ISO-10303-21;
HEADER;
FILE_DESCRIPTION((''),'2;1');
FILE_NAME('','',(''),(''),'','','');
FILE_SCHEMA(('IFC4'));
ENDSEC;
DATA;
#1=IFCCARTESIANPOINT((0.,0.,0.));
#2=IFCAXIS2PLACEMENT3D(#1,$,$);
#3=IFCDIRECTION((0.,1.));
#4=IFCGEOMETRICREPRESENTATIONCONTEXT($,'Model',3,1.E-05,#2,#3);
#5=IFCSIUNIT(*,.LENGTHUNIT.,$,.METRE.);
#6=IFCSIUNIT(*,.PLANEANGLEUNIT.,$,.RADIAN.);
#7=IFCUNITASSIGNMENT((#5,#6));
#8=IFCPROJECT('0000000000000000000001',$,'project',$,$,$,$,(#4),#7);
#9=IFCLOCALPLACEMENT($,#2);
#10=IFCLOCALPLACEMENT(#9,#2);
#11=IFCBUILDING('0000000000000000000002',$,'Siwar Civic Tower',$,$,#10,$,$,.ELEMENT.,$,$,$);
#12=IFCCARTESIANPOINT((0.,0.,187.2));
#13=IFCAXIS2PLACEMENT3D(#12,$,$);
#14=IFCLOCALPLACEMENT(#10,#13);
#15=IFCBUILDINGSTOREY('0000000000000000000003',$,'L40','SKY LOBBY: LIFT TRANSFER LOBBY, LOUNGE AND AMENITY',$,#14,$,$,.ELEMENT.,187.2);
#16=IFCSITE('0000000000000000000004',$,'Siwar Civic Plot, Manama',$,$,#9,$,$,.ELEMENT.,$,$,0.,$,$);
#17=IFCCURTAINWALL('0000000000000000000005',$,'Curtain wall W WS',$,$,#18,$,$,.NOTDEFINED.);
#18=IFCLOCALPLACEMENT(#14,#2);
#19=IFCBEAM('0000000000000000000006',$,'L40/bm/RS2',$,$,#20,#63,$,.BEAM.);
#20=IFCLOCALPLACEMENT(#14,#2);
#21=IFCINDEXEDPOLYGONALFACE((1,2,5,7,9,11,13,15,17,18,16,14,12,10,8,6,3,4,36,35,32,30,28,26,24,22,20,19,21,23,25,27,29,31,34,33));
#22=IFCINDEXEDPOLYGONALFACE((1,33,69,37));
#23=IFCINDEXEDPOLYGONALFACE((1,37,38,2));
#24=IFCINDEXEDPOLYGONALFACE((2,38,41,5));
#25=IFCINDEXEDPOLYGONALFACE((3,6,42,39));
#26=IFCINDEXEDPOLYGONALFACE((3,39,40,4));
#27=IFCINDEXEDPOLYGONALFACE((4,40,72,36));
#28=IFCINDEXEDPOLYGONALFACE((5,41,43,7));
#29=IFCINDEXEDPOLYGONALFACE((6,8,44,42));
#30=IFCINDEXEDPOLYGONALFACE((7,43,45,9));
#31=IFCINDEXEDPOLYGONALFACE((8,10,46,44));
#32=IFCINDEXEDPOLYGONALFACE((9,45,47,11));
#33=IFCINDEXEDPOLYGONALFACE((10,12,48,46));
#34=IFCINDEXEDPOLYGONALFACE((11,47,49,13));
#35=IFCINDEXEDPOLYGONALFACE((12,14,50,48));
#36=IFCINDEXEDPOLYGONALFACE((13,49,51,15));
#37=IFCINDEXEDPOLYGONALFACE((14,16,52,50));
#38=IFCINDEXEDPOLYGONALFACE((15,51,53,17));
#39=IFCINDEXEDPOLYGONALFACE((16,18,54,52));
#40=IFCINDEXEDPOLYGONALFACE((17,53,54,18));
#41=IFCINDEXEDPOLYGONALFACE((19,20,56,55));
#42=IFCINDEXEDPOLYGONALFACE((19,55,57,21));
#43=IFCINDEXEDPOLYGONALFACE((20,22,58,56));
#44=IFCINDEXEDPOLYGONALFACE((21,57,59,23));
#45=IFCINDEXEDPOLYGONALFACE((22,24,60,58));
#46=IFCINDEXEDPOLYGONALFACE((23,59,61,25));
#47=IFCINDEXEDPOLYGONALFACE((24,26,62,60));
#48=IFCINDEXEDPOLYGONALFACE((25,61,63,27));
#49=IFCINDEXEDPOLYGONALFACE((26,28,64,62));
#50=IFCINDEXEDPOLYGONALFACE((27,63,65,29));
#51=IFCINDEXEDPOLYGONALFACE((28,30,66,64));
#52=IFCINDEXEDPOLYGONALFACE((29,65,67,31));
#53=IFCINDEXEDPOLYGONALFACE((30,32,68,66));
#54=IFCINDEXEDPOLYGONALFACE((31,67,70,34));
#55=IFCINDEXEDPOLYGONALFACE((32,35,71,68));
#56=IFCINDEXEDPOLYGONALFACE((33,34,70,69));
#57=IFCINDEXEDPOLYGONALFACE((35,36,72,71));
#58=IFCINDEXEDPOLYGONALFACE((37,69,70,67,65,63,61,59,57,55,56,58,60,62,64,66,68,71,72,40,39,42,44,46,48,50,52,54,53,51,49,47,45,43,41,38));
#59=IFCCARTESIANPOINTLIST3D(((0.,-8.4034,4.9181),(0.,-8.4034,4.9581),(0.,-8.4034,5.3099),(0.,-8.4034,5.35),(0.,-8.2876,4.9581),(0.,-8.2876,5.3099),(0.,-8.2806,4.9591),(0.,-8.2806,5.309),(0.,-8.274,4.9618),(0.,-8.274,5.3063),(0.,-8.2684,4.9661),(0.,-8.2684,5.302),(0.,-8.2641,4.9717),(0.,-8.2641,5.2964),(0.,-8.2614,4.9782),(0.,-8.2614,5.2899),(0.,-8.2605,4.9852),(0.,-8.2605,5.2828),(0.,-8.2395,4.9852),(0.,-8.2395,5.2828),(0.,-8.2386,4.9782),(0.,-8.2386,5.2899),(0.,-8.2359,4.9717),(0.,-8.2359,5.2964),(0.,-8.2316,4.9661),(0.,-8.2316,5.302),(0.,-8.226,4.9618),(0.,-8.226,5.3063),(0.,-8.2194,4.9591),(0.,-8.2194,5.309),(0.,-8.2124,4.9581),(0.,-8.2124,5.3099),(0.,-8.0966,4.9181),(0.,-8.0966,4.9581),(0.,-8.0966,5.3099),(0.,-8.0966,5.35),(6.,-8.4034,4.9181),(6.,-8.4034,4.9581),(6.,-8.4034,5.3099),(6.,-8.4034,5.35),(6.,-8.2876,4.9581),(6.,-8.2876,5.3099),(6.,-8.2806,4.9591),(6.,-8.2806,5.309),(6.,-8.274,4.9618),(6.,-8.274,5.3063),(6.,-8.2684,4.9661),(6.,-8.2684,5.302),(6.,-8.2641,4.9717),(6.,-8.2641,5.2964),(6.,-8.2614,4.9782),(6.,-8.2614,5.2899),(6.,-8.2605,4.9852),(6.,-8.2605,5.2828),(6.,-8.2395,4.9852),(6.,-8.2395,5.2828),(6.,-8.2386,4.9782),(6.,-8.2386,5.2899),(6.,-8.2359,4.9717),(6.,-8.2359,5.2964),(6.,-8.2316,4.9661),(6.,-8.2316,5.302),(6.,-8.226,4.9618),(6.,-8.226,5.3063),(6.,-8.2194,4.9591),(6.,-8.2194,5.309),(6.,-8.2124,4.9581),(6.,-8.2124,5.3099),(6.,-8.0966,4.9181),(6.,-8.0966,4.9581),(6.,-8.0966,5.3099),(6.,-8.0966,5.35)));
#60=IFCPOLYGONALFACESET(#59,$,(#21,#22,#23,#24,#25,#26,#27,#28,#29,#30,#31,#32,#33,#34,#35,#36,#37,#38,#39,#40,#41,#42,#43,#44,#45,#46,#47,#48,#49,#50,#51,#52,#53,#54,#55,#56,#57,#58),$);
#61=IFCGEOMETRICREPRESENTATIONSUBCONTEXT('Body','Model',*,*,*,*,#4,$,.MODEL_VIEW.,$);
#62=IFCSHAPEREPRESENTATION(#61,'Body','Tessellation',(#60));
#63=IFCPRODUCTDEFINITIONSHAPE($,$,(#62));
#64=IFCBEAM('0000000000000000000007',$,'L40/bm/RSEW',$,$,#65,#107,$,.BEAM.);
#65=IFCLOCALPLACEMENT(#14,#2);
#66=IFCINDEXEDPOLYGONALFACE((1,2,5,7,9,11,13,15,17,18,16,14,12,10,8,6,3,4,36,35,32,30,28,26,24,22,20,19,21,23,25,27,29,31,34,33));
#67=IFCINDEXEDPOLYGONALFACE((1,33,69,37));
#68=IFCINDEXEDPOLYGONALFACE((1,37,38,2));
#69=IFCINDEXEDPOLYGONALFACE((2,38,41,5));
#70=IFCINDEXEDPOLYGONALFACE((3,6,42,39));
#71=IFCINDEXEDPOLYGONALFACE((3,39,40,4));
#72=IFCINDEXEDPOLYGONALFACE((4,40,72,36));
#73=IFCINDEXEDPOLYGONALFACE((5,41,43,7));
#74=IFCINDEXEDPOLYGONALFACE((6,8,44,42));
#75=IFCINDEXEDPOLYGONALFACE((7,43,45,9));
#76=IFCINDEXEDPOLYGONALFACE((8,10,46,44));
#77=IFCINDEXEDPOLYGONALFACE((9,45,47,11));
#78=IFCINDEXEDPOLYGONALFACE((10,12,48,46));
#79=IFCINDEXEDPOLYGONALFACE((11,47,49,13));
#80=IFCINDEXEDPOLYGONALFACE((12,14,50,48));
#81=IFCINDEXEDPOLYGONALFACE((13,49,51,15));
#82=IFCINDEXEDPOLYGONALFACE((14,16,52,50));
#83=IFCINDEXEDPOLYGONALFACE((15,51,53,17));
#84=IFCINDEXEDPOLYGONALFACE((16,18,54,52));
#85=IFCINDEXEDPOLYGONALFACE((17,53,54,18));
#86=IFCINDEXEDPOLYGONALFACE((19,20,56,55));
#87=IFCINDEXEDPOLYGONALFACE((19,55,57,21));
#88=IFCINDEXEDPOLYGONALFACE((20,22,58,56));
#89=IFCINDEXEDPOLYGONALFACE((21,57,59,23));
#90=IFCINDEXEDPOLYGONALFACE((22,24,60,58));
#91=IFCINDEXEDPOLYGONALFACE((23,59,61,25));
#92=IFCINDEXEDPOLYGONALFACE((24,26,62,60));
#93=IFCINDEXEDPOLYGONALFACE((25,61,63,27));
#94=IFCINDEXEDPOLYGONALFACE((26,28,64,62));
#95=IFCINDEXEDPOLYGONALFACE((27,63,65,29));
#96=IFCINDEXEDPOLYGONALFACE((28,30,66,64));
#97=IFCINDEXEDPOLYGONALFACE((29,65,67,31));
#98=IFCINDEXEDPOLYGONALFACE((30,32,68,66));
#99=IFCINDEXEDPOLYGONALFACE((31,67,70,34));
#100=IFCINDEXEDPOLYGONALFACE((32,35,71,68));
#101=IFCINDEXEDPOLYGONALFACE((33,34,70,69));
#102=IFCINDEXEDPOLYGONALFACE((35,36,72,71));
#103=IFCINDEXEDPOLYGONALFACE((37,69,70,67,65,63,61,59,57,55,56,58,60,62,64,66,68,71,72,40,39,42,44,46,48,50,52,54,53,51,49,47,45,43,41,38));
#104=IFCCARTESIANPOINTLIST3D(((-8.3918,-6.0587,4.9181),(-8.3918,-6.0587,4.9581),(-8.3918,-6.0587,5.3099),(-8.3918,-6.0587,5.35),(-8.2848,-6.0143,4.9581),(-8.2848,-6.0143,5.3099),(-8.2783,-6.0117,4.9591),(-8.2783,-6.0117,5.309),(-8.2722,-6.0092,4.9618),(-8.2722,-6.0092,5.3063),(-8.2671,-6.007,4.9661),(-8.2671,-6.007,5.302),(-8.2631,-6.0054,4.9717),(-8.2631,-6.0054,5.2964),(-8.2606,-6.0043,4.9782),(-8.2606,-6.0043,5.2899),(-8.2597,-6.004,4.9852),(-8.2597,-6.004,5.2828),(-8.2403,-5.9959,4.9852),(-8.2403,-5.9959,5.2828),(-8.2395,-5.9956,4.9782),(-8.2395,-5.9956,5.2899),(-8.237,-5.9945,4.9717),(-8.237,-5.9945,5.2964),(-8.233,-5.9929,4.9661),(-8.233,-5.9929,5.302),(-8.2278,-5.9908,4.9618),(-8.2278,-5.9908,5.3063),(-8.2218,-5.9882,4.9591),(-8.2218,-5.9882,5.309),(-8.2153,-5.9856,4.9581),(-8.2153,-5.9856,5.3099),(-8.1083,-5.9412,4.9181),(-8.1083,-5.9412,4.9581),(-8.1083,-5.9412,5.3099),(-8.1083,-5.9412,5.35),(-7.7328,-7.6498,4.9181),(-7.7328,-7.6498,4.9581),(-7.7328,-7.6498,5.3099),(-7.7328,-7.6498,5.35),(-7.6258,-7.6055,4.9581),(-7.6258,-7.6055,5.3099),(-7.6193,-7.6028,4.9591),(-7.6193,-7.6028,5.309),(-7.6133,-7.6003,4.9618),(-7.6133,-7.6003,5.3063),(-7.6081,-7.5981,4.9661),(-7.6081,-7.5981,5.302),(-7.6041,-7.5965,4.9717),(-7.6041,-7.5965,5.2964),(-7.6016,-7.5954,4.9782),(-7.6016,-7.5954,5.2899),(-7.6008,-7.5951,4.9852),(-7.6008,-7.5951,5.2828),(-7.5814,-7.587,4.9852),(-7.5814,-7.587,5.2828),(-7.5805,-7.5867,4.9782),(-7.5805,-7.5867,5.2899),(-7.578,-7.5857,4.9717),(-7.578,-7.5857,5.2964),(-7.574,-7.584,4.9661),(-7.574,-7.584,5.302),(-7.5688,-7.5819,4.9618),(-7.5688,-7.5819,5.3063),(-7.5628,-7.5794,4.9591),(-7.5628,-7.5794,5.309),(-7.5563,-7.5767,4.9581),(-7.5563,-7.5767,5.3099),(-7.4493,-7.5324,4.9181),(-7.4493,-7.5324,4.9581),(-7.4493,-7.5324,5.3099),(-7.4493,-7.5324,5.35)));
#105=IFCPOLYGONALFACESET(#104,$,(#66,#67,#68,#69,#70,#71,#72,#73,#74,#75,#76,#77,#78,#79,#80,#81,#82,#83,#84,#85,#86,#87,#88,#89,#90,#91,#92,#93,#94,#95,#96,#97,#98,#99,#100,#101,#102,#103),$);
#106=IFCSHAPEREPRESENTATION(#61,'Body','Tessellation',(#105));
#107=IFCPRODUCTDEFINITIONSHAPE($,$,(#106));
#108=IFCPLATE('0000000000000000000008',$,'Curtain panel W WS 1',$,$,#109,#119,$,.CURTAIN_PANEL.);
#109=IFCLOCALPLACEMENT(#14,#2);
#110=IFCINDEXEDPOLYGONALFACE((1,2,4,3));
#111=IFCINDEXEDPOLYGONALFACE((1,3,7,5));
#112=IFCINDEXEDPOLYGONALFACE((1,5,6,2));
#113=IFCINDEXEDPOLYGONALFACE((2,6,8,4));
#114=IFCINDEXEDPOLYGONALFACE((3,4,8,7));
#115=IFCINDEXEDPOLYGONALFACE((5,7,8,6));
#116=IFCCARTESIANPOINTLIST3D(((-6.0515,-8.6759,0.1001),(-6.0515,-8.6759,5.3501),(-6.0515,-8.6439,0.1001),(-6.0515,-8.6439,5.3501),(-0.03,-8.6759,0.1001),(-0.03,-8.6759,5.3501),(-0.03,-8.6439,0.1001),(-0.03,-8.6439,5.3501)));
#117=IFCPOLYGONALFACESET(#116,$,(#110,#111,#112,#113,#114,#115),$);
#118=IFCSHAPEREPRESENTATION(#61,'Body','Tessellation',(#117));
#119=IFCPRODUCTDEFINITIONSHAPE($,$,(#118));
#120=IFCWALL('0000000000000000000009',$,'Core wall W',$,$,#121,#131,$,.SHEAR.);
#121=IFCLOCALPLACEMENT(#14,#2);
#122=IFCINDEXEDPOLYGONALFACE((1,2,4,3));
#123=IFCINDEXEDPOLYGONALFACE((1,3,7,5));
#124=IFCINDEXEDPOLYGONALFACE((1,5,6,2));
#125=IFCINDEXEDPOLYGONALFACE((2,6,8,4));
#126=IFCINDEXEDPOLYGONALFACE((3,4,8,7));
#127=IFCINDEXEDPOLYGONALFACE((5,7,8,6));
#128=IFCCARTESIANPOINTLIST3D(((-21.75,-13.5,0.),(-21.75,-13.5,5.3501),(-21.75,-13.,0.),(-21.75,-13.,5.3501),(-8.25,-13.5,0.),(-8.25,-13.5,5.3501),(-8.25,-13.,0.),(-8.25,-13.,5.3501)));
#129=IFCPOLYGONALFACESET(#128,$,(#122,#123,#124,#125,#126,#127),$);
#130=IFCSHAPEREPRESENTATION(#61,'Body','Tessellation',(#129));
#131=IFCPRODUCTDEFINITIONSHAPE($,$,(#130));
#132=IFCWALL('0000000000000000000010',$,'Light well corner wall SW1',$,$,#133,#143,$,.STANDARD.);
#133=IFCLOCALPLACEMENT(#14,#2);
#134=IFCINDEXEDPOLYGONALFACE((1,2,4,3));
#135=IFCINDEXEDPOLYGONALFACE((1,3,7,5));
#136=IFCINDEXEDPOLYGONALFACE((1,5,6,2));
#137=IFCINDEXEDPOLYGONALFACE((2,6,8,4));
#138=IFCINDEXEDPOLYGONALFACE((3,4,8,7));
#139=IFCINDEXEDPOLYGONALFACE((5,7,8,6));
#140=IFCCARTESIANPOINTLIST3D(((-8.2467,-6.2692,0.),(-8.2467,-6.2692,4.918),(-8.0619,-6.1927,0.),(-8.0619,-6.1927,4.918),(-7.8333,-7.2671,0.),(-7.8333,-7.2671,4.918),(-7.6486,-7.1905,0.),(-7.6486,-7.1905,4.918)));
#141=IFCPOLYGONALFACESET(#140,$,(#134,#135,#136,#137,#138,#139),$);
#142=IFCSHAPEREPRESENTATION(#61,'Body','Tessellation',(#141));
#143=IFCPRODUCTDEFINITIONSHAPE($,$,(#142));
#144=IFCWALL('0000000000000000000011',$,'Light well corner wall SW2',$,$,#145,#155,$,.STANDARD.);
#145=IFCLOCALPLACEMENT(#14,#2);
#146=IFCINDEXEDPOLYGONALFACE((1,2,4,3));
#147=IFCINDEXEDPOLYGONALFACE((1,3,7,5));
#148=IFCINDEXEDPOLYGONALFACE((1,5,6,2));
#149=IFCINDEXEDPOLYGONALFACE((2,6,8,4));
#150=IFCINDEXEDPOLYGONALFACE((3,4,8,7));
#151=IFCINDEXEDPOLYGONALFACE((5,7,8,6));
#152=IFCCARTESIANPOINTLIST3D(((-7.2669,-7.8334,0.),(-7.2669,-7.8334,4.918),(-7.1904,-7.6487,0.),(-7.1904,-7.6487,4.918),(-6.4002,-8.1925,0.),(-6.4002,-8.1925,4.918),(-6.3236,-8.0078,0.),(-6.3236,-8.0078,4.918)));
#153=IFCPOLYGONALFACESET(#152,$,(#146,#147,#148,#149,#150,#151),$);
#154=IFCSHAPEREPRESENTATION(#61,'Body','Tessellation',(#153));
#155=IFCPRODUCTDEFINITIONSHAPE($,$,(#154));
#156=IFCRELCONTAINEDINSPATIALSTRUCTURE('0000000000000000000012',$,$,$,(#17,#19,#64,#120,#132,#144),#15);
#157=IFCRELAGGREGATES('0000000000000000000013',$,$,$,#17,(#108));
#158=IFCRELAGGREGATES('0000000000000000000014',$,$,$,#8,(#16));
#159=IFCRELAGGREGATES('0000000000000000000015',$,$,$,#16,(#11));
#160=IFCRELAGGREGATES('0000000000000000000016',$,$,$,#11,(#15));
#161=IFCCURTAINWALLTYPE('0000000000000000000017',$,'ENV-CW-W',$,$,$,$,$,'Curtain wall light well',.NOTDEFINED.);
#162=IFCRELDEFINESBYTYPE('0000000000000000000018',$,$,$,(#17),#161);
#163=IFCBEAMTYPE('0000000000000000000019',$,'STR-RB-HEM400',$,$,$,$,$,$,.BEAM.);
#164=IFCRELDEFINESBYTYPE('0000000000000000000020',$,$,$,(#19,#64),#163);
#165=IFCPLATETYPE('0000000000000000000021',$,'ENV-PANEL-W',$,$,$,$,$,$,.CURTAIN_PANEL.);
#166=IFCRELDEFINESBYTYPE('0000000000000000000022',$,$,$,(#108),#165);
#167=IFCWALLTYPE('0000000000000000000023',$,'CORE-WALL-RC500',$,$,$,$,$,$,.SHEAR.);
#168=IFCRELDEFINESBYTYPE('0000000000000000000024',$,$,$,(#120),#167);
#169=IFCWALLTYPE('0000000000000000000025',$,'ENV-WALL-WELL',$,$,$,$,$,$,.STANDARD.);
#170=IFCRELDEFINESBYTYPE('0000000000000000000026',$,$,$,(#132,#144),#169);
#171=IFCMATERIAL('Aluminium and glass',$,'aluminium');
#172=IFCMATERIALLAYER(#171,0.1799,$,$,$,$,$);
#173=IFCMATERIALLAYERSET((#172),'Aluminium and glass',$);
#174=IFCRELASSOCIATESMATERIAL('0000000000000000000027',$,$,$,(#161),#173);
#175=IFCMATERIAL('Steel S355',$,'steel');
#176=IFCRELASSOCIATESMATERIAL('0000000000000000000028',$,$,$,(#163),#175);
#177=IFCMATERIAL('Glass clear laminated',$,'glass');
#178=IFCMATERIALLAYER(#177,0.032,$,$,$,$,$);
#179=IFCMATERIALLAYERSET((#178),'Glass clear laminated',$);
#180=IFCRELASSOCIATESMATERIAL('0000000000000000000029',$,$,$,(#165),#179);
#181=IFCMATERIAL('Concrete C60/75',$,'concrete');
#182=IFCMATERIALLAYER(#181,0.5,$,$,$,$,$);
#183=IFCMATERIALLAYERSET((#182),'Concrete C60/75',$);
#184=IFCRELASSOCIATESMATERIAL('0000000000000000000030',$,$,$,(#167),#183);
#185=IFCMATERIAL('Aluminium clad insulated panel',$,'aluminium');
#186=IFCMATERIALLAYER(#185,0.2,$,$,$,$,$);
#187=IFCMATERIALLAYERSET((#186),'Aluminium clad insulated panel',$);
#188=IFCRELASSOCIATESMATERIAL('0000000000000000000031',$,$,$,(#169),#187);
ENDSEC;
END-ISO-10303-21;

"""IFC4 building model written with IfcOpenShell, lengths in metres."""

from ifc_helpers import new_model, si_unit, direction, frame, frame_2d, origin, origin_2d, place, context, subcontext, project, spatial, rectangle, i_section, extrude, material, layer, layer_set, material_profile, profile_set, type_object, element, aggregate, save


model = new_model("IFC4")

# Units and contexts
model_context = context("Model", 3, precision=1e-05, world=origin(), true_north=direction((0.0, 1.0)))
body_context = subcontext(model_context, "Body", "Model", "MODEL_VIEW")
ifc_project = project(units=[si_unit("LENGTHUNIT", "METRE"), si_unit("PLANEANGLEUNIT", "RADIAN")], contexts=[model_context])

# Site, building, storey
site_placement = place(None, origin())
site = spatial("IfcSite", under=ifc_project, at=site_placement, Name="Siwar Civic Plot, Manama", CompositionType="ELEMENT", RefElevation=0.0)
building_placement = place(site_placement, origin())
building = spatial("IfcBuilding", under=site, at=building_placement, Name="Siwar Civic Tower", CompositionType="ELEMENT")
storey_placement = place(building_placement, frame((0.0, 0.0, 187.2)))
storey = spatial("IfcBuildingStorey", under=building, at=storey_placement, Name="L40", Description="SKY LOBBY: LIFT TRANSFER LOBBY, LOUNGE AND AMENITY", CompositionType="ELEMENT", Elevation=187.2)

# Curtain wall
ifc_material_1 = material(Name="Aluminium and glass", Category="aluminium")
ifc_layer_1 = layer(ifc_material_1, 0.1799)
ifc_layer_set_1 = layer_set([ifc_layer_1], Name="Aluminium and glass")
curtain_wall_type = type_object("IfcCurtainWallType", Name="ENV-CW-W", ElementType="Curtain wall light well", PredefinedType="NOTDEFINED", material=ifc_layer_set_1)
curtain_wall_placement = place(storey_placement, origin())
curtain_wall = element("IfcCurtainWall", 1, at=curtain_wall_placement, inside=storey, type_object=curtain_wall_type, Name="Curtain wall W WS", PredefinedType="NOTDEFINED")

# Beams
ifc_material_2 = material(Name="Steel S355", Category="steel")
ifc_material_profile_1 = material_profile(ifc_material_2, i_section(OverallWidth=0.3069, OverallDepth=0.4319, WebThickness=0.021, FlangeThickness=0.04, FilletRadius=0.0271, at=origin_2d()), Name="HEM400")
ifc_profile_set_1 = profile_set([ifc_material_profile_1], Name="Steel S355")
beam_type = type_object("IfcBeamType", Name="STR-RB-HEM400", PredefinedType="BEAM", material=ifc_profile_set_1)
for number, where, z_axis, x_axis, name in (
    (2, (0.0, -8.25, 5.134), (1.0, 0.0, 0.0), (0.0, 1.0, 0.0), "L40/bm/RS2"),
):
    element("IfcBeam", number, at=place(storey_placement, frame(where, z_axis=z_axis, x_axis=x_axis)), inside=storey, type_object=beam_type, Name=name, PredefinedType="BEAM", context=body_context, shape_type="SweptSolid", body=[
        extrude(i_section(OverallWidth=0.3069, OverallDepth=0.4319, WebThickness=0.021, FlangeThickness=0.04, FilletRadius=0.0271, at=origin_2d()), origin(), (0.0, 0.0, 1.0), 6.0),
    ])
beam_1_placement = place(storey_placement, frame((-7.5911, -7.5911, 5.134), z_axis=(-0.382631, 0.923901, 0.0), x_axis=(-0.923901, -0.382631, 0.0)))
element("IfcBeam", 3, at=beam_1_placement, inside=storey, type_object=beam_type, Name="L40/bm/RSEW", PredefinedType="BEAM", context=body_context, shape_type="SweptSolid", body=[
    extrude(i_section(OverallWidth=0.3069, OverallDepth=0.4319, WebThickness=0.021, FlangeThickness=0.04, FilletRadius=0.0271, at=origin_2d()), origin(), (0.0, 0.0, 1.0), 1.7222),
])

# Plate
ifc_material_3 = material(Name="Glass clear laminated", Category="glass")
ifc_layer_2 = layer(ifc_material_3, 0.032)
ifc_layer_set_2 = layer_set([ifc_layer_2], Name="Glass clear laminated")
plate_type = type_object("IfcPlateType", Name="ENV-PANEL-W", PredefinedType="CURTAIN_PANEL", material=ifc_layer_set_2)
plate_placement = place(storey_placement, frame((-3.0408, -8.6599, 0.1001), z_axis=(0.0, 0.0, 1.0), x_axis=(1.0, 0.0, 0.0)))
plate = element("IfcPlate", 4, at=plate_placement, type_object=plate_type, Name="Curtain panel W WS 1", PredefinedType="CURTAIN_PANEL", context=body_context, shape_type="SweptSolid", body=[
    extrude(rectangle(XDim=6.0215, YDim=0.032, at=origin_2d()), origin(), (0.0, 0.0, 1.0), 5.25),
])
aggregate(curtain_wall, [plate])

# Walls
ifc_material_4 = material(Name="Concrete C60/75", Category="concrete")
ifc_layer_3 = layer(ifc_material_4, 0.5)
ifc_layer_set_3 = layer_set([ifc_layer_3], Name="Concrete C60/75")
wall_type_1 = type_object("IfcWallType", Name="CORE-WALL-RC500", PredefinedType="SHEAR", material=ifc_layer_set_3)
wall_1_placement = place(storey_placement, frame((-8.25, -13.25, 0.0), z_axis=(0.0, 0.0, 1.0), x_axis=(-1.0, 0.0, 0.0)))
element("IfcWall", 5, at=wall_1_placement, inside=storey, type_object=wall_type_1, Name="Core wall W", PredefinedType="SHEAR", context=body_context, shape_type="SweptSolid", body=[
    extrude(rectangle(XDim=13.5, YDim=0.5, at=frame_2d((6.75, 0.0))), origin(), (0.0, 0.0, 1.0), 5.3501),
])
ifc_material_5 = material(Name="Aluminium clad insulated panel", Category="aluminium")
ifc_layer_4 = layer(ifc_material_5, 0.2)
ifc_layer_set_4 = layer_set([ifc_layer_4], Name="Aluminium clad insulated panel")
wall_type_2 = type_object("IfcWallType", Name="ENV-WALL-WELL", PredefinedType="STANDARD", material=ifc_layer_set_4)
wall_2_placement = place(storey_placement, frame((-8.1543, -6.231, 0.0), z_axis=(0.0, 0.0, 1.0), x_axis=(0.382704, -0.923871, 0.0)))
element("IfcWall", 6, at=wall_2_placement, inside=storey, type_object=wall_type_2, Name="Light well corner wall SW1", PredefinedType="STANDARD", context=body_context, shape_type="SweptSolid", body=[
    extrude(rectangle(XDim=1.0801, YDim=0.2, at=frame_2d((0.54, 0.0))), origin(), (0.0, 0.0, 1.0), 4.918),
])
wall_3_placement = place(storey_placement, frame((-7.2288, -7.741, 0.0), z_axis=(0.0, 0.0, 1.0), x_axis=(0.92383, -0.382804, 0.0)))
element("IfcWall", 7, at=wall_3_placement, inside=storey, type_object=wall_type_2, Name="Light well corner wall SW2", PredefinedType="STANDARD", context=body_context, shape_type="SweptSolid", body=[
    extrude(rectangle(XDim=0.9382, YDim=0.2, at=frame_2d((0.4692, 0.0))), origin(), (0.0, 0.0, 1.0), 4.918),
])

save(model, "model.ifc")
